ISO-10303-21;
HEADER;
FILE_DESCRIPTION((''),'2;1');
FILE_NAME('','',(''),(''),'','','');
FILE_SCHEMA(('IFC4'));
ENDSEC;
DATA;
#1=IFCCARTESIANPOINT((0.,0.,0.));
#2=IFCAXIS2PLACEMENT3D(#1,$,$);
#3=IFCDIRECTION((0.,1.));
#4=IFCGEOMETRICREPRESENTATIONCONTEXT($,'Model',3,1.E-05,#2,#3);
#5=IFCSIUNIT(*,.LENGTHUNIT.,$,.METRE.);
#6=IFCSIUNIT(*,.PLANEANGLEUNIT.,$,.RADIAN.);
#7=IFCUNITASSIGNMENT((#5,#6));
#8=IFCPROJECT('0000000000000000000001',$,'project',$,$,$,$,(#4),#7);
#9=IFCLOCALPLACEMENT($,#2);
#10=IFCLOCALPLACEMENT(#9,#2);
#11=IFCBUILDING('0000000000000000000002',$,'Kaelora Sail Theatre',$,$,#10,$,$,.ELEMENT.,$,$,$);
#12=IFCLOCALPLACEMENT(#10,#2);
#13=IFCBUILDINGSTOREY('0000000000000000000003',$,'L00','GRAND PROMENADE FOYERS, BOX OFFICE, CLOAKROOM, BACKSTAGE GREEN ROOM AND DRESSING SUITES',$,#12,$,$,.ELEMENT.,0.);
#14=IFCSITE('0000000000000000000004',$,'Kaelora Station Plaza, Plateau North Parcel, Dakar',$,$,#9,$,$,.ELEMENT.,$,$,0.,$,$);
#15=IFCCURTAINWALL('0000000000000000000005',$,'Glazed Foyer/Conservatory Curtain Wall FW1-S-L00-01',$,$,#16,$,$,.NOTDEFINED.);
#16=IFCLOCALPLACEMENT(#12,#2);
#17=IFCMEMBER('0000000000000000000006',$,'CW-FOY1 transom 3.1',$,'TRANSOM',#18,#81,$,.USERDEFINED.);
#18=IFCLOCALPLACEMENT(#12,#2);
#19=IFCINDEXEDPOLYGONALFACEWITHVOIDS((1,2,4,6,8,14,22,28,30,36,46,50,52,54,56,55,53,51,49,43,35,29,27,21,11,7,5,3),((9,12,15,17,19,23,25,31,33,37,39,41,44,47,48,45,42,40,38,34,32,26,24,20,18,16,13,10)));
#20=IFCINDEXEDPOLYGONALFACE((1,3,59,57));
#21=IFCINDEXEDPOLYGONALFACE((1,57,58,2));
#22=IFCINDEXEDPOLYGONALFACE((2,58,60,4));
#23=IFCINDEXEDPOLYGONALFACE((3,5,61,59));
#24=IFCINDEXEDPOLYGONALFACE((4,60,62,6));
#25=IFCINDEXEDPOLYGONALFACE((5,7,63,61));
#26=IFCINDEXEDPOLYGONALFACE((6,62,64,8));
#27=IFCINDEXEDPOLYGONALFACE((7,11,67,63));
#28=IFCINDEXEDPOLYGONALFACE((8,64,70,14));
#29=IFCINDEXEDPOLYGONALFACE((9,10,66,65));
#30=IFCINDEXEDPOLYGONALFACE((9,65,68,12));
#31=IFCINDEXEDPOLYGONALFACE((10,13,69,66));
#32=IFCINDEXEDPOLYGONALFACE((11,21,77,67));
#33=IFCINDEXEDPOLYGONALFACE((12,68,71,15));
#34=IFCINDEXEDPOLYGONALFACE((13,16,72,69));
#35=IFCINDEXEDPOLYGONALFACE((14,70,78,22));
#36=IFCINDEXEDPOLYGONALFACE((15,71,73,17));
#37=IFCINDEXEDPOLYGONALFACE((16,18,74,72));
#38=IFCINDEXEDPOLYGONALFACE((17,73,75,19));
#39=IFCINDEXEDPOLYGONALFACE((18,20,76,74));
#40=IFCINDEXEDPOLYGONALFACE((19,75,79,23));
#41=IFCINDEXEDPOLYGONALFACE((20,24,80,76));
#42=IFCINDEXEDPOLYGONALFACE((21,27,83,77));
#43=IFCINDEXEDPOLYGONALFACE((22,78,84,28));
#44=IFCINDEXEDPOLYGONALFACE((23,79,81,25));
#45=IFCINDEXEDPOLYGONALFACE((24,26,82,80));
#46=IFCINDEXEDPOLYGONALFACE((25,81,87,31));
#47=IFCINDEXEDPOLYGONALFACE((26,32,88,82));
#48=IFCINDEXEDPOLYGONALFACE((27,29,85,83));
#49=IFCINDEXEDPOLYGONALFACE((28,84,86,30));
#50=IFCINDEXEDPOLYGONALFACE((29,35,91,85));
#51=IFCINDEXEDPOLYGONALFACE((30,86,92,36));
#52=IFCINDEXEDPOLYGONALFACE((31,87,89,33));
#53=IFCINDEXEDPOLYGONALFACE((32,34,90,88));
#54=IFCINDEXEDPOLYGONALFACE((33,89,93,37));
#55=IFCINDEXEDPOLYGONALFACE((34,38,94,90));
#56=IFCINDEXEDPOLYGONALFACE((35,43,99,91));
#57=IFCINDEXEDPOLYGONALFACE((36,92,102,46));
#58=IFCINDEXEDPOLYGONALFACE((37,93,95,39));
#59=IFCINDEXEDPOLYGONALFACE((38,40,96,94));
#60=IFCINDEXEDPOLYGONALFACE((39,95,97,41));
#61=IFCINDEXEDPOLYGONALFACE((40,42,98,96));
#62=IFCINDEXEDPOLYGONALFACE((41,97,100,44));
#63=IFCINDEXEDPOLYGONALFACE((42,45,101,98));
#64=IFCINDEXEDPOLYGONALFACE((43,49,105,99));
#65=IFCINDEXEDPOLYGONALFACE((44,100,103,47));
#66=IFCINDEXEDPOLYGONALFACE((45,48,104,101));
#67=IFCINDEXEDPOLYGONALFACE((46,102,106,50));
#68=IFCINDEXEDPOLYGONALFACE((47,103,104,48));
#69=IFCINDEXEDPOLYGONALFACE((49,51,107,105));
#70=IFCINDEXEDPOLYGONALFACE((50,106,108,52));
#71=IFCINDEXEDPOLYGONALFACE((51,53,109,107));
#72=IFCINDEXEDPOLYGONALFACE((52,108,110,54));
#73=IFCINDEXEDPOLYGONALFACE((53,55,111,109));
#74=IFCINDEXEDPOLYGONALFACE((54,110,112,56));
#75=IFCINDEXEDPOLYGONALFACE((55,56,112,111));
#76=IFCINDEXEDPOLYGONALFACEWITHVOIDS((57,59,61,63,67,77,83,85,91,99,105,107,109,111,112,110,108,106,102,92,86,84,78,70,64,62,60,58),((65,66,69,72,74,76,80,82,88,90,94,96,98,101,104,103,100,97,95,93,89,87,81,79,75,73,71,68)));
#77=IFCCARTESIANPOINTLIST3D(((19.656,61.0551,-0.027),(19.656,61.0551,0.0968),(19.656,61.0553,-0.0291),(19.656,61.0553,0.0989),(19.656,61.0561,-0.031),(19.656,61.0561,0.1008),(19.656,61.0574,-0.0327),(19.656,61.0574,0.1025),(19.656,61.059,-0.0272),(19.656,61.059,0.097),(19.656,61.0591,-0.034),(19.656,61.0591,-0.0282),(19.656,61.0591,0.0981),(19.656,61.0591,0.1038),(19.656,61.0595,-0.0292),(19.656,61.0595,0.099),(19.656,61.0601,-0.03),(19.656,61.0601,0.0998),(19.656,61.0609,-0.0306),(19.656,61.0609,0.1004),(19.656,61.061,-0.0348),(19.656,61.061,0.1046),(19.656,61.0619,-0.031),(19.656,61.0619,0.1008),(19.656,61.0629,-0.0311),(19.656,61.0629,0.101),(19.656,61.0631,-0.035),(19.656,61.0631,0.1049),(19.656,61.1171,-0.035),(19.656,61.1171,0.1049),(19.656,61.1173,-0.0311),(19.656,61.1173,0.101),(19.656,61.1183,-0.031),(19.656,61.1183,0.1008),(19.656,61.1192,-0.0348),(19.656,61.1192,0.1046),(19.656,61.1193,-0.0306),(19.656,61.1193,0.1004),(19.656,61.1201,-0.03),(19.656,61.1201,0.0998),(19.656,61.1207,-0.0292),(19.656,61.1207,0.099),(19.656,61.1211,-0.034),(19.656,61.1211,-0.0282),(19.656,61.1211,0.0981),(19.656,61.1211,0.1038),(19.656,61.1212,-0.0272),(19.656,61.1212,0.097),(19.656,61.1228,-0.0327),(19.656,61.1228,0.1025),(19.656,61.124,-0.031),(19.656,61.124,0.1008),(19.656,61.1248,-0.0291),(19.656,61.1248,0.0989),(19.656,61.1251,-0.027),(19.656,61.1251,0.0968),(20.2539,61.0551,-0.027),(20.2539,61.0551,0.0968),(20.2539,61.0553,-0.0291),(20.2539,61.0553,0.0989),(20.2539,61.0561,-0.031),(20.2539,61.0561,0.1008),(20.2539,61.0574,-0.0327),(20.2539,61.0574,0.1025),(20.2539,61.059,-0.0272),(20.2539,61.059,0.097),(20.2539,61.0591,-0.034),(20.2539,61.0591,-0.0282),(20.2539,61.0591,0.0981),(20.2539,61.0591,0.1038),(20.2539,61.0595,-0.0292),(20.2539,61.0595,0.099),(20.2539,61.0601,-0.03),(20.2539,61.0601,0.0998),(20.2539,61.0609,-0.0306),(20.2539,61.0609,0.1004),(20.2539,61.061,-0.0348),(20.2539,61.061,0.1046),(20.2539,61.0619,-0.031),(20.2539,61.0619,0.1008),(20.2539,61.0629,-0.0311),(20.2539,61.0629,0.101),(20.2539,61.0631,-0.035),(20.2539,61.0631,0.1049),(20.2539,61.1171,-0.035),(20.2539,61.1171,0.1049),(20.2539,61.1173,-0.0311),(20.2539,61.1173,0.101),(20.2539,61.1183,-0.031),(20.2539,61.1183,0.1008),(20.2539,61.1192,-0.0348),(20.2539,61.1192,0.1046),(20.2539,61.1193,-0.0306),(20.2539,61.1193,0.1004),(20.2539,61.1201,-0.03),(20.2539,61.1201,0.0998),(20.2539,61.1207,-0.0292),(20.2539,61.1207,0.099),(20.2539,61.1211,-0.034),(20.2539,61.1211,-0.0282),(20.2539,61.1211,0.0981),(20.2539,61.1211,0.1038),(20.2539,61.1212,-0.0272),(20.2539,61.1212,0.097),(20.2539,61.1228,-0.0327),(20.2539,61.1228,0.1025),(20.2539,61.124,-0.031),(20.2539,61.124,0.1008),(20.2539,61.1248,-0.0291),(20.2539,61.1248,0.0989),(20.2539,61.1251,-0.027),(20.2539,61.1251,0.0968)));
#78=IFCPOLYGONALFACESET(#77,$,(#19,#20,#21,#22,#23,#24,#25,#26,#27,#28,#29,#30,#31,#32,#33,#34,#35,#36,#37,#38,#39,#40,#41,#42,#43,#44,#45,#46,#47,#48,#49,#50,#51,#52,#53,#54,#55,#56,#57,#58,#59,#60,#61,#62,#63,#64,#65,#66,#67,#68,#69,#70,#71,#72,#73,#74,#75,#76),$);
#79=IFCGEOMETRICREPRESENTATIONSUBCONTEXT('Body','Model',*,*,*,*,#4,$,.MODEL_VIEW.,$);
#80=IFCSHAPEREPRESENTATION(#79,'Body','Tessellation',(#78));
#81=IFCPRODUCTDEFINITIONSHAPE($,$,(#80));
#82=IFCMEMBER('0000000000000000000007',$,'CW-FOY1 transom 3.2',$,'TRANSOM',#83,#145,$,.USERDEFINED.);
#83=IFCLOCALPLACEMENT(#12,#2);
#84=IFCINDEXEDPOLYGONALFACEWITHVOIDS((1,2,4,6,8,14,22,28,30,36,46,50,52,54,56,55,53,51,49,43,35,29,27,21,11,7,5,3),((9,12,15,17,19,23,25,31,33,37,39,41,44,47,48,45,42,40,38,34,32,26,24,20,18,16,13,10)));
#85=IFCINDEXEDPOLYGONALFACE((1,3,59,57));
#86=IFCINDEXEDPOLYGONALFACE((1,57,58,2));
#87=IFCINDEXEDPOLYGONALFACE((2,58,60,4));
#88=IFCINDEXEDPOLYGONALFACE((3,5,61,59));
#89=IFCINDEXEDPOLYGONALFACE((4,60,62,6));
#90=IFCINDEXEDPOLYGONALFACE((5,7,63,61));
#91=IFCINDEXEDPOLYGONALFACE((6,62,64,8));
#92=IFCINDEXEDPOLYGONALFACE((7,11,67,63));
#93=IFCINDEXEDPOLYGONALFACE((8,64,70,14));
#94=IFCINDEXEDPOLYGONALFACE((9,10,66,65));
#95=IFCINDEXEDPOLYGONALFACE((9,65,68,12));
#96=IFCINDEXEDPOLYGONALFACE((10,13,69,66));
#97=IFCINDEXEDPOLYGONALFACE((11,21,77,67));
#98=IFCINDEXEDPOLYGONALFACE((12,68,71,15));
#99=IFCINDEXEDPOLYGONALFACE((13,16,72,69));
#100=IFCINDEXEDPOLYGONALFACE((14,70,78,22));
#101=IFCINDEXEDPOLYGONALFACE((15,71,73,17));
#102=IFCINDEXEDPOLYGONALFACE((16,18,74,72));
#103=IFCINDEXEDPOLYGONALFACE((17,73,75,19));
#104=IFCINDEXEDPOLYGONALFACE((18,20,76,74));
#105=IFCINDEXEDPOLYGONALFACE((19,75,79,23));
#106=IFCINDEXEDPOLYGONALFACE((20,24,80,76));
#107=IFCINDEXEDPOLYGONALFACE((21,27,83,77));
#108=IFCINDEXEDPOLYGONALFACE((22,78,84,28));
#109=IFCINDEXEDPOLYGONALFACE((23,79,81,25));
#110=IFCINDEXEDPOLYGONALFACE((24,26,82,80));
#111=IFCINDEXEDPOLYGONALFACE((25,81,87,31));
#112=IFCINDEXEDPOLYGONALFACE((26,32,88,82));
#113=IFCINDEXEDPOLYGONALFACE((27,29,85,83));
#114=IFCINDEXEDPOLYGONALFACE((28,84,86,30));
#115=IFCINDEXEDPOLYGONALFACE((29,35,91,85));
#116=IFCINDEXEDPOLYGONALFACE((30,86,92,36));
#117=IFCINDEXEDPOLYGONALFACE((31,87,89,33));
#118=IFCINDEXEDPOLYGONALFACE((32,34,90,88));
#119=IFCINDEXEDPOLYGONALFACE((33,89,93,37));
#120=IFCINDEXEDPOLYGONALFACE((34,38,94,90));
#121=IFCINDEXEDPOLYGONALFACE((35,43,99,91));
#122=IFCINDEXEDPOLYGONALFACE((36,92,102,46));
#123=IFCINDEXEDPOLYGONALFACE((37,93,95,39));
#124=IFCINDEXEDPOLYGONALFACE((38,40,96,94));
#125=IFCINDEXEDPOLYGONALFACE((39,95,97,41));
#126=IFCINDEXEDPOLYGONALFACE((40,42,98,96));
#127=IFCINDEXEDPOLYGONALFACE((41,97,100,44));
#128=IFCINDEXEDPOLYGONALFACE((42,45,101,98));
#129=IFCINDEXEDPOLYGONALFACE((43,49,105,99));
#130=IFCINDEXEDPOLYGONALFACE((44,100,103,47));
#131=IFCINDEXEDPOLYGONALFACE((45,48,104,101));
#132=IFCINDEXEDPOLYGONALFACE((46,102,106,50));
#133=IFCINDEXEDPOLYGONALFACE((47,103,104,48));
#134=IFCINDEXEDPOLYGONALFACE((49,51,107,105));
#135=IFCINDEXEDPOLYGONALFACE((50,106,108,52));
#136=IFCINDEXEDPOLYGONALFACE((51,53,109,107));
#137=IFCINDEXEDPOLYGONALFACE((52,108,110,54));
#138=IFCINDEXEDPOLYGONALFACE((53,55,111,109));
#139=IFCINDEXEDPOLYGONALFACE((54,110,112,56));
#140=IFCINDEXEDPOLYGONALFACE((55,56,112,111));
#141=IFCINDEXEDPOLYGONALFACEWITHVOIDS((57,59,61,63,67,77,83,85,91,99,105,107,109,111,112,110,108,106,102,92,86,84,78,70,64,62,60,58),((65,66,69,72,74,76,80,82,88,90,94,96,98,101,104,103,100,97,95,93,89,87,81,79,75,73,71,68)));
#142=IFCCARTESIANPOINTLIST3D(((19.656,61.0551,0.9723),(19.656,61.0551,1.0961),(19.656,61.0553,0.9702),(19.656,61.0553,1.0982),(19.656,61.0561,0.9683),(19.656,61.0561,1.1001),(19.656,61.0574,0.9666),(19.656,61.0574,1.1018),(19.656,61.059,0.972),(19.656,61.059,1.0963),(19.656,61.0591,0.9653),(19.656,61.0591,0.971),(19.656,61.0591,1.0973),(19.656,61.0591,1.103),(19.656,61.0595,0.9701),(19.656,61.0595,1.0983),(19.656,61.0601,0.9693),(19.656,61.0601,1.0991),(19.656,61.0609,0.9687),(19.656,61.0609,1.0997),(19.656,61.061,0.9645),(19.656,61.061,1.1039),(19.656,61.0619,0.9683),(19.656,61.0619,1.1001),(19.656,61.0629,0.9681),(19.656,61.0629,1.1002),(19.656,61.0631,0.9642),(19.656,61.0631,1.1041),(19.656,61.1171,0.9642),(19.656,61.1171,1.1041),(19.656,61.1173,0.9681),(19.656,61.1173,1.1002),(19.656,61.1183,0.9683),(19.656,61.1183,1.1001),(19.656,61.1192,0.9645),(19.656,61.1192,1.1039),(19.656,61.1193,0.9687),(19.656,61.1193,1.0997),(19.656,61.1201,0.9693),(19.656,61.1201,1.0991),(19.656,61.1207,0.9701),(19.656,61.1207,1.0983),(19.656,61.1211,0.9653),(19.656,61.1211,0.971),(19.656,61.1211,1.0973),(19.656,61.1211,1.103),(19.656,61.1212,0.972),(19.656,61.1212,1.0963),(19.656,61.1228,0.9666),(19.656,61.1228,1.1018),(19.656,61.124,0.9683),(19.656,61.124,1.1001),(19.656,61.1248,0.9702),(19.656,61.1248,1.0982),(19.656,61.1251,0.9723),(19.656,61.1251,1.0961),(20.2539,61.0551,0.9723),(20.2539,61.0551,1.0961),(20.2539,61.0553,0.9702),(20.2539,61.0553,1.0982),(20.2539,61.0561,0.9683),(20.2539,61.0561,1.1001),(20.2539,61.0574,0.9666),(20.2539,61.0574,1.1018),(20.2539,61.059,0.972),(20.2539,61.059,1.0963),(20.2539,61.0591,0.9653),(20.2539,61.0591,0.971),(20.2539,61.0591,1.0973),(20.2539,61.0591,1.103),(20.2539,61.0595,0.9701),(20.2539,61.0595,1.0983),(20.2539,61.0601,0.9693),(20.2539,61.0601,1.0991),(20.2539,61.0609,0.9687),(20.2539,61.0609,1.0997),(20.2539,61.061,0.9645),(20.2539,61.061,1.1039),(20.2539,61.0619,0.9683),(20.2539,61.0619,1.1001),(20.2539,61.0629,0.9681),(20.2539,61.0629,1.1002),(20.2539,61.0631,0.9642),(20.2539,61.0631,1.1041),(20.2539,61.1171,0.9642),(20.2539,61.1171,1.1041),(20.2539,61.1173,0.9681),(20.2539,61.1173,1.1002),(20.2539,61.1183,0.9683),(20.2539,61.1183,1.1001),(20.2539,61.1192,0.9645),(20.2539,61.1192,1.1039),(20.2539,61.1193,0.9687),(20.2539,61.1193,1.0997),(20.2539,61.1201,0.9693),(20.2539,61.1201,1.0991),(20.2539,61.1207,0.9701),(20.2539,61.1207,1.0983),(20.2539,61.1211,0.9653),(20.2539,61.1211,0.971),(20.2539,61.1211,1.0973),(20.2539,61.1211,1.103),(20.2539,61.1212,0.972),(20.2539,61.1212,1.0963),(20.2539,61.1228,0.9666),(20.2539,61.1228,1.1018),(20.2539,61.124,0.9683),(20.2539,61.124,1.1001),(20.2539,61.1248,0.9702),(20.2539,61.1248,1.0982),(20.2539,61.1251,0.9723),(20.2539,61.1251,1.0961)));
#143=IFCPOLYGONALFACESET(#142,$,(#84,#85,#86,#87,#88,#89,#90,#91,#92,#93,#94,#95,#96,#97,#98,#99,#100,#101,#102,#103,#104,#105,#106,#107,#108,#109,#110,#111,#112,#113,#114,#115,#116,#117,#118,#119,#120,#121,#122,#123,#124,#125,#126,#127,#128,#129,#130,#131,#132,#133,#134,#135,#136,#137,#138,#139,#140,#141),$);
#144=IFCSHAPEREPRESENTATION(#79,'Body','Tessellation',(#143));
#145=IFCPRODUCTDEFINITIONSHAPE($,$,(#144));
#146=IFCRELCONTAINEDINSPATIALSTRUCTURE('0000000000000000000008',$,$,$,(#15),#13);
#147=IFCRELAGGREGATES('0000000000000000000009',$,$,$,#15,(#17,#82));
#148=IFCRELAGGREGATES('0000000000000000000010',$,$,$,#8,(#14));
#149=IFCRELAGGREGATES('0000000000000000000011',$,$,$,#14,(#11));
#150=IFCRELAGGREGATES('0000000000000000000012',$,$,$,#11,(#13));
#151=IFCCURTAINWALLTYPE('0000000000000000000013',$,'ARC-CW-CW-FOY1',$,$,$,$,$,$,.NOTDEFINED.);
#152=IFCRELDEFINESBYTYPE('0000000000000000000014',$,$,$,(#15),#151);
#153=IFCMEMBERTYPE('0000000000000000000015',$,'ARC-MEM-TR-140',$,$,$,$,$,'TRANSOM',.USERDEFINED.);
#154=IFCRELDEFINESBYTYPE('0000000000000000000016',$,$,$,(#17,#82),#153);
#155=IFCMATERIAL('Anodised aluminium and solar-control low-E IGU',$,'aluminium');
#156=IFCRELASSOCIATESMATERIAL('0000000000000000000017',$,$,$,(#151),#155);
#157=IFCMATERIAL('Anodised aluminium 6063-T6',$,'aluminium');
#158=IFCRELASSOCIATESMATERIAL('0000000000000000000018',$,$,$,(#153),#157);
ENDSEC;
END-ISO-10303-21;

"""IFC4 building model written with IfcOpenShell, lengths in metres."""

from ifc_helpers import new_model, si_unit, direction, frame, origin, origin_2d, place, context, subcontext, project, spatial, hollow_rectangle, extrude, material, material_profile, profile_set, type_object, element, aggregate, save


model = new_model("IFC4")

# Units and contexts
model_context = context("Model", 3, precision=1e-05, world=origin(), true_north=direction((0.0, 1.0)))
body_context = subcontext(model_context, "Body", "Model", "MODEL_VIEW")
ifc_project = project(units=[si_unit("LENGTHUNIT", "METRE"), si_unit("PLANEANGLEUNIT", "RADIAN")], contexts=[model_context])

# Site, building, storey
site_placement = place(None, origin())
site = spatial("IfcSite", under=ifc_project, at=site_placement, Name="Kaelora Station Plaza, Plateau North Parcel, Dakar", CompositionType="ELEMENT", RefElevation=0.0)
building_placement = place(site_placement, origin())
building = spatial("IfcBuilding", under=site, at=building_placement, Name="Kaelora Sail Theatre", CompositionType="ELEMENT")
storey_placement = place(building_placement, origin())
storey = spatial("IfcBuildingStorey", under=building, at=storey_placement, Name="L00", Description="GRAND PROMENADE FOYERS, BOX OFFICE, CLOAKROOM, BACKSTAGE GREEN ROOM AND DRESSING SUITES", CompositionType="ELEMENT", Elevation=0.0)

# Curtain wall, members
ifc_material_1 = material(Name="Anodised aluminium and solar-control low-E IGU", Category="aluminium")
curtain_wall_type = type_object("IfcCurtainWallType", Name="ARC-CW-CW-FOY1", PredefinedType="NOTDEFINED", material=ifc_material_1)
curtain_wall_placement = place(storey_placement, origin())
curtain_wall = element("IfcCurtainWall", 1, at=curtain_wall_placement, inside=storey, type_object=curtain_wall_type, Name="Glazed Foyer/Conservatory Curtain Wall FW1-S-L00-01", PredefinedType="NOTDEFINED")
ifc_material_2 = material(Name="Anodised aluminium 6063-T6", Category="aluminium")
ifc_material_profile_1 = material_profile(ifc_material_2, hollow_rectangle(XDim=0.0701, YDim=0.1399, WallThickness=0.0039, InnerFilletRadius=0.0039, OuterFilletRadius=0.0081, at=origin_2d()), Name="ALU-TRAN 70x140x4")
ifc_profile_set_1 = profile_set([ifc_material_profile_1], Name="Anodised aluminium 6063-T6")
member_type_1 = type_object("IfcMemberType", Name="ARC-MEM-TR-140", ElementType="TRANSOM", PredefinedType="USERDEFINED", material=ifc_profile_set_1)
member_1_placement = place(storey_placement, frame((19.656, 61.0901, 0.0349), z_axis=(1.0, 0.0, 0.0), x_axis=(0.0, 1.0, 0.0)))
member_1 = element("IfcMember", 2, at=member_1_placement, type_object=member_type_1, Name="CW-FOY1 transom 3.1", ObjectType="TRANSOM", PredefinedType="USERDEFINED", context=body_context, shape_type="SweptSolid", body=[
    extrude(hollow_rectangle(XDim=0.0701, YDim=0.1399, WallThickness=0.0039, InnerFilletRadius=0.0039, OuterFilletRadius=0.0081, at=origin_2d()), origin(), (0.0, 0.0, 1.0), 0.5979),
])
member_2_placement = place(storey_placement, frame((19.656, 61.0901, 1.0342), z_axis=(1.0, 0.0, 0.0), x_axis=(0.0, 1.0, 0.0)))
member_2 = element("IfcMember", 3, at=member_2_placement, type_object=member_type_1, Name="CW-FOY1 transom 3.2", ObjectType="TRANSOM", PredefinedType="USERDEFINED", context=body_context, shape_type="SweptSolid", body=[
    extrude(hollow_rectangle(XDim=0.0701, YDim=0.1399, WallThickness=0.0039, InnerFilletRadius=0.0039, OuterFilletRadius=0.0081, at=origin_2d()), origin(), (0.0, 0.0, 1.0), 0.5979),
])

aggregate(curtain_wall, [member_1, member_2])

save(model, "model.ifc")
